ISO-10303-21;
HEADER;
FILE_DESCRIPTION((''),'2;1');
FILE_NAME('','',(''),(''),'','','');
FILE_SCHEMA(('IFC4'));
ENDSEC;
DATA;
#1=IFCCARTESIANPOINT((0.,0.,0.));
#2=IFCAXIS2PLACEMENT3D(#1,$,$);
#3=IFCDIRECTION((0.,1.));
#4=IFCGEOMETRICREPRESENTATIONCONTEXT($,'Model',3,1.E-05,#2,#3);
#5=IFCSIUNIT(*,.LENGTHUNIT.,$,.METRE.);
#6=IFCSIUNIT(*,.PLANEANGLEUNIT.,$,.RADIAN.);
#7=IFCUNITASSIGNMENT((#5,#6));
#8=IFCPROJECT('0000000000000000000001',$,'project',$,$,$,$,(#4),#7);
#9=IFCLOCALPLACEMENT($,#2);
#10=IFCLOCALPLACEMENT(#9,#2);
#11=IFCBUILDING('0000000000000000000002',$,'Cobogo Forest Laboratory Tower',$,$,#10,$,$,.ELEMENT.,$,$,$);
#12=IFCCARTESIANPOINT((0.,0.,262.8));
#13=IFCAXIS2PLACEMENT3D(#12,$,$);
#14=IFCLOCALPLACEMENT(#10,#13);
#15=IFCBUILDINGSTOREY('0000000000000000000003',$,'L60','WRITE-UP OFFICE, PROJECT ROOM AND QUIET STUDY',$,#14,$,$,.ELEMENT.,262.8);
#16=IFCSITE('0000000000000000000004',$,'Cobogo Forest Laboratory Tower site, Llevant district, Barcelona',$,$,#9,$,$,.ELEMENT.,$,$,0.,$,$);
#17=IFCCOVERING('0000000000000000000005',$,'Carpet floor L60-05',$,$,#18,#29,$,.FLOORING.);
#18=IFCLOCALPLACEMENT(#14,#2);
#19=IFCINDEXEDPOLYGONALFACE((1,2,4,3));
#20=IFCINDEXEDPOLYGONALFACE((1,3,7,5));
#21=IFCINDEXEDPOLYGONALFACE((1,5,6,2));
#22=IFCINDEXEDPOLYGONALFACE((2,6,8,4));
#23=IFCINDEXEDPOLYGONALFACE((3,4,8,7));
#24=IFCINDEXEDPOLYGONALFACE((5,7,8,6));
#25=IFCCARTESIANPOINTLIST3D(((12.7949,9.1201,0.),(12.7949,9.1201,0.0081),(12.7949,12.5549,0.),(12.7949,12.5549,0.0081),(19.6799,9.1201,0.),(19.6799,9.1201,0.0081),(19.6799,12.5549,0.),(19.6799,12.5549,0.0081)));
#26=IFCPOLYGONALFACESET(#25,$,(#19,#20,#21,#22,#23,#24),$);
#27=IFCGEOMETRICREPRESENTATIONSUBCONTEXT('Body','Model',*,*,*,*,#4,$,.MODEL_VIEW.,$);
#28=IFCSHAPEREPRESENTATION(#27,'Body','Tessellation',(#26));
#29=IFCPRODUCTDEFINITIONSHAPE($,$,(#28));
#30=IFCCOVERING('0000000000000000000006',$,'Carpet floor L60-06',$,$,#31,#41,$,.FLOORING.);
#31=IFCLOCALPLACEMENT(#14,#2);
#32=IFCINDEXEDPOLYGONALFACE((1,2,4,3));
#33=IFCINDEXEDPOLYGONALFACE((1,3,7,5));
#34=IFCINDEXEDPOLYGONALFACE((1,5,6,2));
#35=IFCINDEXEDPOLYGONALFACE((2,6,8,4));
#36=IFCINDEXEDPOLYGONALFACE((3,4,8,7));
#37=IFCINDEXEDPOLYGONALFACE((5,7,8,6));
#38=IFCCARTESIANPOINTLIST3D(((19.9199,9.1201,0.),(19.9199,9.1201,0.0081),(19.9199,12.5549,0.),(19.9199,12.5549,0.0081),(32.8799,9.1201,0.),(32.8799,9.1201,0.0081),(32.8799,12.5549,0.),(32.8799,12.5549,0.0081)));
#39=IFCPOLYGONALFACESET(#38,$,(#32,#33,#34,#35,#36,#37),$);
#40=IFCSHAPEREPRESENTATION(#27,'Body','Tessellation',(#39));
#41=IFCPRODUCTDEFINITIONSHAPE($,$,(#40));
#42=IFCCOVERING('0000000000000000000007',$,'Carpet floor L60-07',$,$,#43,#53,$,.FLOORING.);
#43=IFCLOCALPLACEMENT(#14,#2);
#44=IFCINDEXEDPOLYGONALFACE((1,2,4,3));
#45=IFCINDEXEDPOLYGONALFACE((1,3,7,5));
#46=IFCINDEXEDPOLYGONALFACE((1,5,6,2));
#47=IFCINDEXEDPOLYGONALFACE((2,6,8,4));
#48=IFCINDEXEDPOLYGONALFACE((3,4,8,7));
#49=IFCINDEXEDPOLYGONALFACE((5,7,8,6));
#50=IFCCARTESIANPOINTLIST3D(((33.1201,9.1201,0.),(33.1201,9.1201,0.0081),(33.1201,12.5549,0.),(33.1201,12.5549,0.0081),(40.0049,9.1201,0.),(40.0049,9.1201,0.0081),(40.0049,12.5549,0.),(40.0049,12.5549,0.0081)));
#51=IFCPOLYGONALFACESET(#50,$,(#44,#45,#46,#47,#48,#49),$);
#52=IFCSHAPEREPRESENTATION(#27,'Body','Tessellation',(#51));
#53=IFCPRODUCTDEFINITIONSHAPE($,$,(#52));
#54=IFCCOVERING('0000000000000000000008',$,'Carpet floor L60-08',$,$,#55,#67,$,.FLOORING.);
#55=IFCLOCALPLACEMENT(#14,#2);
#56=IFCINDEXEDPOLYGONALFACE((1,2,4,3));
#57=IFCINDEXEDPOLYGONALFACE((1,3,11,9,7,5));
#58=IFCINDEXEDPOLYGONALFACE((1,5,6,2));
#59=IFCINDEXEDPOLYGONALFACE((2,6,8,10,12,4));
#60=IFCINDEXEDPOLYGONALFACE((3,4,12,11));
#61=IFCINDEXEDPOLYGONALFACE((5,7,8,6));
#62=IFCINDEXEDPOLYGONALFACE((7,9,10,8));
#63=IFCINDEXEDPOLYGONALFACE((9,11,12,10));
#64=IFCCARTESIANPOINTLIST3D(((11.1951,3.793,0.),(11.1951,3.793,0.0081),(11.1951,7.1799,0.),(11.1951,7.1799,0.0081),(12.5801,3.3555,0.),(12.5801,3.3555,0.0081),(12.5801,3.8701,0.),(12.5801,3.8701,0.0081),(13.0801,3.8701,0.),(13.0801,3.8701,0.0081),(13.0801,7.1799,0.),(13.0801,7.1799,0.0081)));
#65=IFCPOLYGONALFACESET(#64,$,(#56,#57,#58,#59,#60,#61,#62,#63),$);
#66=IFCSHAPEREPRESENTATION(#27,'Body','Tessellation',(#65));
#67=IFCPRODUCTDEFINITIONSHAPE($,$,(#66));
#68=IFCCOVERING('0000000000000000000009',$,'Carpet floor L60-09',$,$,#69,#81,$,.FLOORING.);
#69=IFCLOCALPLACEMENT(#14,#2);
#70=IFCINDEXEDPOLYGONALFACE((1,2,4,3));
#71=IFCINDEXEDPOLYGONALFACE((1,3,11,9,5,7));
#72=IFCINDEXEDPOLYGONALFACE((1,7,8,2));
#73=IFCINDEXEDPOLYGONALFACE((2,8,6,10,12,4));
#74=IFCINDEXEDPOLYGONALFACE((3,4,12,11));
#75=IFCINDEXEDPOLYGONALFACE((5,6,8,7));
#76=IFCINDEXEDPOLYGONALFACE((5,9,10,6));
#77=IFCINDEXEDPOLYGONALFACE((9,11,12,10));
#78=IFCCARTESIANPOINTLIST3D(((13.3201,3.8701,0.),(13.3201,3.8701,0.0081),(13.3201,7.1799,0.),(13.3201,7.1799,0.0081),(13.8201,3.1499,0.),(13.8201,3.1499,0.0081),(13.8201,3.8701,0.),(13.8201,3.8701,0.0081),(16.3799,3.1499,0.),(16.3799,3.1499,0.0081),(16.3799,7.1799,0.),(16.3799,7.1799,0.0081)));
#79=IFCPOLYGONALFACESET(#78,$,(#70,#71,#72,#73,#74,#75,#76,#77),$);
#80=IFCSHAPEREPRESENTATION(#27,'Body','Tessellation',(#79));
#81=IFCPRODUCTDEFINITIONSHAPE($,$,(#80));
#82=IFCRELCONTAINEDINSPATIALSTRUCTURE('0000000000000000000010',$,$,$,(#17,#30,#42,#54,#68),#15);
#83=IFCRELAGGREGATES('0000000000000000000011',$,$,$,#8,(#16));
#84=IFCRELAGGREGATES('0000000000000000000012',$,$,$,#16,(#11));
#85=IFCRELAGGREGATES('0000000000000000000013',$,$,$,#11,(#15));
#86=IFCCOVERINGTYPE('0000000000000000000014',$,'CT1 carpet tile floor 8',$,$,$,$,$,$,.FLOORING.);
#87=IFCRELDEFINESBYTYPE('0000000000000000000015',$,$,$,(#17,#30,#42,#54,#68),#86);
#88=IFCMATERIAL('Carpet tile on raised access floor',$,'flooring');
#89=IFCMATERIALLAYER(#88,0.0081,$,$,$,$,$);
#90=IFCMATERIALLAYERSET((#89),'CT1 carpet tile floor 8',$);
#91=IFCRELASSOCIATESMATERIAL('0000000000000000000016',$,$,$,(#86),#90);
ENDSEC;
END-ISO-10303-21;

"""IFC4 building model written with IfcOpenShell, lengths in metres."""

from ifc_helpers import new_model, si_unit, direction, frame, origin, place, context, subcontext, project, spatial, polyline, outline, extrude, material, layer, layer_set, type_object, element, save


model = new_model("IFC4")

# Units and contexts
model_context = context("Model", 3, precision=1e-05, world=origin(), true_north=direction((0.0, 1.0)))
body_context = subcontext(model_context, "Body", "Model", "MODEL_VIEW")
ifc_project = project(units=[si_unit("LENGTHUNIT", "METRE"), si_unit("PLANEANGLEUNIT", "RADIAN")], contexts=[model_context])

# Site, building, storey
site_placement = place(None, origin())
site = spatial("IfcSite", under=ifc_project, at=site_placement, Name="Cobogo Forest Laboratory Tower site, Llevant district, Barcelona", CompositionType="ELEMENT", RefElevation=0.0)
building_placement = place(site_placement, origin())
building = spatial("IfcBuilding", under=site, at=building_placement, Name="Cobogo Forest Laboratory Tower", CompositionType="ELEMENT")
storey_placement = place(building_placement, frame((0.0, 0.0, 262.8)))
storey = spatial("IfcBuildingStorey", under=building, at=storey_placement, Name="L60", Description="WRITE-UP OFFICE, PROJECT ROOM AND QUIET STUDY", CompositionType="ELEMENT", Elevation=262.8)

# Coverings
ifc_material_1 = material(Name="Carpet tile on raised access floor", Category="flooring")
ifc_layer_1 = layer(ifc_material_1, 0.0081)
ifc_layer_set_1 = layer_set([ifc_layer_1], Name="CT1 carpet tile floor 8")
covering_type = type_object("IfcCoveringType", Name="CT1 carpet tile floor 8", PredefinedType="FLOORING", material=ifc_layer_set_1)
covering_1_placement = place(storey_placement, origin())
element("IfcCovering", 1, at=covering_1_placement, inside=storey, type_object=covering_type, Name="Carpet floor L60-05", PredefinedType="FLOORING", context=body_context, shape_type="SweptSolid", body=[
    extrude(outline(polyline([(19.6799, 9.1201), (12.7949, 9.1201), (12.7949, 12.5549), (19.6799, 12.5549), (19.6799, 9.1201)])), origin(), (0.0, 0.0, 1.0), 0.0081),
])
covering_2_placement = place(storey_placement, origin())
element("IfcCovering", 2, at=covering_2_placement, inside=storey, type_object=covering_type, Name="Carpet floor L60-06", PredefinedType="FLOORING", context=body_context, shape_type="SweptSolid", body=[
    extrude(outline(polyline([(32.8799, 9.1201), (19.9199, 9.1201), (19.9199, 12.5549), (32.8799, 12.5549), (32.8799, 9.1201)])), origin(), (0.0, 0.0, 1.0), 0.0081),
])
covering_3_placement = place(storey_placement, origin())
element("IfcCovering", 3, at=covering_3_placement, inside=storey, type_object=covering_type, Name="Carpet floor L60-07", PredefinedType="FLOORING", context=body_context, shape_type="SweptSolid", body=[
    extrude(outline(polyline([(40.0049, 9.1201), (33.1201, 9.1201), (33.1201, 12.5549), (40.0049, 12.5549), (40.0049, 9.1201)])), origin(), (0.0, 0.0, 1.0), 0.0081),
])
covering_4_placement = place(storey_placement, origin())
element("IfcCovering", 4, at=covering_4_placement, inside=storey, type_object=covering_type, Name="Carpet floor L60-08", PredefinedType="FLOORING", context=body_context, shape_type="SweptSolid", body=[
    extrude(outline(polyline([(13.0801, 7.1799), (13.0801, 3.8701), (12.5801, 3.8701), (12.5801, 3.3555), (11.1951, 3.793), (11.1951, 7.1799), (13.0801, 7.1799)])), origin(), (0.0, 0.0, 1.0), 0.0081),
])
covering_5_placement = place(storey_placement, origin())
element("IfcCovering", 5, at=covering_5_placement, inside=storey, type_object=covering_type, Name="Carpet floor L60-09", PredefinedType="FLOORING", context=body_context, shape_type="SweptSolid", body=[
    extrude(outline(polyline([(16.3799, 7.1799), (16.3799, 3.1499), (13.8201, 3.1499), (13.8201, 3.8701), (13.3201, 3.8701), (13.3201, 7.1799), (16.3799, 7.1799)])), origin(), (0.0, 0.0, 1.0), 0.0081),
])

save(model, "model.ifc")
